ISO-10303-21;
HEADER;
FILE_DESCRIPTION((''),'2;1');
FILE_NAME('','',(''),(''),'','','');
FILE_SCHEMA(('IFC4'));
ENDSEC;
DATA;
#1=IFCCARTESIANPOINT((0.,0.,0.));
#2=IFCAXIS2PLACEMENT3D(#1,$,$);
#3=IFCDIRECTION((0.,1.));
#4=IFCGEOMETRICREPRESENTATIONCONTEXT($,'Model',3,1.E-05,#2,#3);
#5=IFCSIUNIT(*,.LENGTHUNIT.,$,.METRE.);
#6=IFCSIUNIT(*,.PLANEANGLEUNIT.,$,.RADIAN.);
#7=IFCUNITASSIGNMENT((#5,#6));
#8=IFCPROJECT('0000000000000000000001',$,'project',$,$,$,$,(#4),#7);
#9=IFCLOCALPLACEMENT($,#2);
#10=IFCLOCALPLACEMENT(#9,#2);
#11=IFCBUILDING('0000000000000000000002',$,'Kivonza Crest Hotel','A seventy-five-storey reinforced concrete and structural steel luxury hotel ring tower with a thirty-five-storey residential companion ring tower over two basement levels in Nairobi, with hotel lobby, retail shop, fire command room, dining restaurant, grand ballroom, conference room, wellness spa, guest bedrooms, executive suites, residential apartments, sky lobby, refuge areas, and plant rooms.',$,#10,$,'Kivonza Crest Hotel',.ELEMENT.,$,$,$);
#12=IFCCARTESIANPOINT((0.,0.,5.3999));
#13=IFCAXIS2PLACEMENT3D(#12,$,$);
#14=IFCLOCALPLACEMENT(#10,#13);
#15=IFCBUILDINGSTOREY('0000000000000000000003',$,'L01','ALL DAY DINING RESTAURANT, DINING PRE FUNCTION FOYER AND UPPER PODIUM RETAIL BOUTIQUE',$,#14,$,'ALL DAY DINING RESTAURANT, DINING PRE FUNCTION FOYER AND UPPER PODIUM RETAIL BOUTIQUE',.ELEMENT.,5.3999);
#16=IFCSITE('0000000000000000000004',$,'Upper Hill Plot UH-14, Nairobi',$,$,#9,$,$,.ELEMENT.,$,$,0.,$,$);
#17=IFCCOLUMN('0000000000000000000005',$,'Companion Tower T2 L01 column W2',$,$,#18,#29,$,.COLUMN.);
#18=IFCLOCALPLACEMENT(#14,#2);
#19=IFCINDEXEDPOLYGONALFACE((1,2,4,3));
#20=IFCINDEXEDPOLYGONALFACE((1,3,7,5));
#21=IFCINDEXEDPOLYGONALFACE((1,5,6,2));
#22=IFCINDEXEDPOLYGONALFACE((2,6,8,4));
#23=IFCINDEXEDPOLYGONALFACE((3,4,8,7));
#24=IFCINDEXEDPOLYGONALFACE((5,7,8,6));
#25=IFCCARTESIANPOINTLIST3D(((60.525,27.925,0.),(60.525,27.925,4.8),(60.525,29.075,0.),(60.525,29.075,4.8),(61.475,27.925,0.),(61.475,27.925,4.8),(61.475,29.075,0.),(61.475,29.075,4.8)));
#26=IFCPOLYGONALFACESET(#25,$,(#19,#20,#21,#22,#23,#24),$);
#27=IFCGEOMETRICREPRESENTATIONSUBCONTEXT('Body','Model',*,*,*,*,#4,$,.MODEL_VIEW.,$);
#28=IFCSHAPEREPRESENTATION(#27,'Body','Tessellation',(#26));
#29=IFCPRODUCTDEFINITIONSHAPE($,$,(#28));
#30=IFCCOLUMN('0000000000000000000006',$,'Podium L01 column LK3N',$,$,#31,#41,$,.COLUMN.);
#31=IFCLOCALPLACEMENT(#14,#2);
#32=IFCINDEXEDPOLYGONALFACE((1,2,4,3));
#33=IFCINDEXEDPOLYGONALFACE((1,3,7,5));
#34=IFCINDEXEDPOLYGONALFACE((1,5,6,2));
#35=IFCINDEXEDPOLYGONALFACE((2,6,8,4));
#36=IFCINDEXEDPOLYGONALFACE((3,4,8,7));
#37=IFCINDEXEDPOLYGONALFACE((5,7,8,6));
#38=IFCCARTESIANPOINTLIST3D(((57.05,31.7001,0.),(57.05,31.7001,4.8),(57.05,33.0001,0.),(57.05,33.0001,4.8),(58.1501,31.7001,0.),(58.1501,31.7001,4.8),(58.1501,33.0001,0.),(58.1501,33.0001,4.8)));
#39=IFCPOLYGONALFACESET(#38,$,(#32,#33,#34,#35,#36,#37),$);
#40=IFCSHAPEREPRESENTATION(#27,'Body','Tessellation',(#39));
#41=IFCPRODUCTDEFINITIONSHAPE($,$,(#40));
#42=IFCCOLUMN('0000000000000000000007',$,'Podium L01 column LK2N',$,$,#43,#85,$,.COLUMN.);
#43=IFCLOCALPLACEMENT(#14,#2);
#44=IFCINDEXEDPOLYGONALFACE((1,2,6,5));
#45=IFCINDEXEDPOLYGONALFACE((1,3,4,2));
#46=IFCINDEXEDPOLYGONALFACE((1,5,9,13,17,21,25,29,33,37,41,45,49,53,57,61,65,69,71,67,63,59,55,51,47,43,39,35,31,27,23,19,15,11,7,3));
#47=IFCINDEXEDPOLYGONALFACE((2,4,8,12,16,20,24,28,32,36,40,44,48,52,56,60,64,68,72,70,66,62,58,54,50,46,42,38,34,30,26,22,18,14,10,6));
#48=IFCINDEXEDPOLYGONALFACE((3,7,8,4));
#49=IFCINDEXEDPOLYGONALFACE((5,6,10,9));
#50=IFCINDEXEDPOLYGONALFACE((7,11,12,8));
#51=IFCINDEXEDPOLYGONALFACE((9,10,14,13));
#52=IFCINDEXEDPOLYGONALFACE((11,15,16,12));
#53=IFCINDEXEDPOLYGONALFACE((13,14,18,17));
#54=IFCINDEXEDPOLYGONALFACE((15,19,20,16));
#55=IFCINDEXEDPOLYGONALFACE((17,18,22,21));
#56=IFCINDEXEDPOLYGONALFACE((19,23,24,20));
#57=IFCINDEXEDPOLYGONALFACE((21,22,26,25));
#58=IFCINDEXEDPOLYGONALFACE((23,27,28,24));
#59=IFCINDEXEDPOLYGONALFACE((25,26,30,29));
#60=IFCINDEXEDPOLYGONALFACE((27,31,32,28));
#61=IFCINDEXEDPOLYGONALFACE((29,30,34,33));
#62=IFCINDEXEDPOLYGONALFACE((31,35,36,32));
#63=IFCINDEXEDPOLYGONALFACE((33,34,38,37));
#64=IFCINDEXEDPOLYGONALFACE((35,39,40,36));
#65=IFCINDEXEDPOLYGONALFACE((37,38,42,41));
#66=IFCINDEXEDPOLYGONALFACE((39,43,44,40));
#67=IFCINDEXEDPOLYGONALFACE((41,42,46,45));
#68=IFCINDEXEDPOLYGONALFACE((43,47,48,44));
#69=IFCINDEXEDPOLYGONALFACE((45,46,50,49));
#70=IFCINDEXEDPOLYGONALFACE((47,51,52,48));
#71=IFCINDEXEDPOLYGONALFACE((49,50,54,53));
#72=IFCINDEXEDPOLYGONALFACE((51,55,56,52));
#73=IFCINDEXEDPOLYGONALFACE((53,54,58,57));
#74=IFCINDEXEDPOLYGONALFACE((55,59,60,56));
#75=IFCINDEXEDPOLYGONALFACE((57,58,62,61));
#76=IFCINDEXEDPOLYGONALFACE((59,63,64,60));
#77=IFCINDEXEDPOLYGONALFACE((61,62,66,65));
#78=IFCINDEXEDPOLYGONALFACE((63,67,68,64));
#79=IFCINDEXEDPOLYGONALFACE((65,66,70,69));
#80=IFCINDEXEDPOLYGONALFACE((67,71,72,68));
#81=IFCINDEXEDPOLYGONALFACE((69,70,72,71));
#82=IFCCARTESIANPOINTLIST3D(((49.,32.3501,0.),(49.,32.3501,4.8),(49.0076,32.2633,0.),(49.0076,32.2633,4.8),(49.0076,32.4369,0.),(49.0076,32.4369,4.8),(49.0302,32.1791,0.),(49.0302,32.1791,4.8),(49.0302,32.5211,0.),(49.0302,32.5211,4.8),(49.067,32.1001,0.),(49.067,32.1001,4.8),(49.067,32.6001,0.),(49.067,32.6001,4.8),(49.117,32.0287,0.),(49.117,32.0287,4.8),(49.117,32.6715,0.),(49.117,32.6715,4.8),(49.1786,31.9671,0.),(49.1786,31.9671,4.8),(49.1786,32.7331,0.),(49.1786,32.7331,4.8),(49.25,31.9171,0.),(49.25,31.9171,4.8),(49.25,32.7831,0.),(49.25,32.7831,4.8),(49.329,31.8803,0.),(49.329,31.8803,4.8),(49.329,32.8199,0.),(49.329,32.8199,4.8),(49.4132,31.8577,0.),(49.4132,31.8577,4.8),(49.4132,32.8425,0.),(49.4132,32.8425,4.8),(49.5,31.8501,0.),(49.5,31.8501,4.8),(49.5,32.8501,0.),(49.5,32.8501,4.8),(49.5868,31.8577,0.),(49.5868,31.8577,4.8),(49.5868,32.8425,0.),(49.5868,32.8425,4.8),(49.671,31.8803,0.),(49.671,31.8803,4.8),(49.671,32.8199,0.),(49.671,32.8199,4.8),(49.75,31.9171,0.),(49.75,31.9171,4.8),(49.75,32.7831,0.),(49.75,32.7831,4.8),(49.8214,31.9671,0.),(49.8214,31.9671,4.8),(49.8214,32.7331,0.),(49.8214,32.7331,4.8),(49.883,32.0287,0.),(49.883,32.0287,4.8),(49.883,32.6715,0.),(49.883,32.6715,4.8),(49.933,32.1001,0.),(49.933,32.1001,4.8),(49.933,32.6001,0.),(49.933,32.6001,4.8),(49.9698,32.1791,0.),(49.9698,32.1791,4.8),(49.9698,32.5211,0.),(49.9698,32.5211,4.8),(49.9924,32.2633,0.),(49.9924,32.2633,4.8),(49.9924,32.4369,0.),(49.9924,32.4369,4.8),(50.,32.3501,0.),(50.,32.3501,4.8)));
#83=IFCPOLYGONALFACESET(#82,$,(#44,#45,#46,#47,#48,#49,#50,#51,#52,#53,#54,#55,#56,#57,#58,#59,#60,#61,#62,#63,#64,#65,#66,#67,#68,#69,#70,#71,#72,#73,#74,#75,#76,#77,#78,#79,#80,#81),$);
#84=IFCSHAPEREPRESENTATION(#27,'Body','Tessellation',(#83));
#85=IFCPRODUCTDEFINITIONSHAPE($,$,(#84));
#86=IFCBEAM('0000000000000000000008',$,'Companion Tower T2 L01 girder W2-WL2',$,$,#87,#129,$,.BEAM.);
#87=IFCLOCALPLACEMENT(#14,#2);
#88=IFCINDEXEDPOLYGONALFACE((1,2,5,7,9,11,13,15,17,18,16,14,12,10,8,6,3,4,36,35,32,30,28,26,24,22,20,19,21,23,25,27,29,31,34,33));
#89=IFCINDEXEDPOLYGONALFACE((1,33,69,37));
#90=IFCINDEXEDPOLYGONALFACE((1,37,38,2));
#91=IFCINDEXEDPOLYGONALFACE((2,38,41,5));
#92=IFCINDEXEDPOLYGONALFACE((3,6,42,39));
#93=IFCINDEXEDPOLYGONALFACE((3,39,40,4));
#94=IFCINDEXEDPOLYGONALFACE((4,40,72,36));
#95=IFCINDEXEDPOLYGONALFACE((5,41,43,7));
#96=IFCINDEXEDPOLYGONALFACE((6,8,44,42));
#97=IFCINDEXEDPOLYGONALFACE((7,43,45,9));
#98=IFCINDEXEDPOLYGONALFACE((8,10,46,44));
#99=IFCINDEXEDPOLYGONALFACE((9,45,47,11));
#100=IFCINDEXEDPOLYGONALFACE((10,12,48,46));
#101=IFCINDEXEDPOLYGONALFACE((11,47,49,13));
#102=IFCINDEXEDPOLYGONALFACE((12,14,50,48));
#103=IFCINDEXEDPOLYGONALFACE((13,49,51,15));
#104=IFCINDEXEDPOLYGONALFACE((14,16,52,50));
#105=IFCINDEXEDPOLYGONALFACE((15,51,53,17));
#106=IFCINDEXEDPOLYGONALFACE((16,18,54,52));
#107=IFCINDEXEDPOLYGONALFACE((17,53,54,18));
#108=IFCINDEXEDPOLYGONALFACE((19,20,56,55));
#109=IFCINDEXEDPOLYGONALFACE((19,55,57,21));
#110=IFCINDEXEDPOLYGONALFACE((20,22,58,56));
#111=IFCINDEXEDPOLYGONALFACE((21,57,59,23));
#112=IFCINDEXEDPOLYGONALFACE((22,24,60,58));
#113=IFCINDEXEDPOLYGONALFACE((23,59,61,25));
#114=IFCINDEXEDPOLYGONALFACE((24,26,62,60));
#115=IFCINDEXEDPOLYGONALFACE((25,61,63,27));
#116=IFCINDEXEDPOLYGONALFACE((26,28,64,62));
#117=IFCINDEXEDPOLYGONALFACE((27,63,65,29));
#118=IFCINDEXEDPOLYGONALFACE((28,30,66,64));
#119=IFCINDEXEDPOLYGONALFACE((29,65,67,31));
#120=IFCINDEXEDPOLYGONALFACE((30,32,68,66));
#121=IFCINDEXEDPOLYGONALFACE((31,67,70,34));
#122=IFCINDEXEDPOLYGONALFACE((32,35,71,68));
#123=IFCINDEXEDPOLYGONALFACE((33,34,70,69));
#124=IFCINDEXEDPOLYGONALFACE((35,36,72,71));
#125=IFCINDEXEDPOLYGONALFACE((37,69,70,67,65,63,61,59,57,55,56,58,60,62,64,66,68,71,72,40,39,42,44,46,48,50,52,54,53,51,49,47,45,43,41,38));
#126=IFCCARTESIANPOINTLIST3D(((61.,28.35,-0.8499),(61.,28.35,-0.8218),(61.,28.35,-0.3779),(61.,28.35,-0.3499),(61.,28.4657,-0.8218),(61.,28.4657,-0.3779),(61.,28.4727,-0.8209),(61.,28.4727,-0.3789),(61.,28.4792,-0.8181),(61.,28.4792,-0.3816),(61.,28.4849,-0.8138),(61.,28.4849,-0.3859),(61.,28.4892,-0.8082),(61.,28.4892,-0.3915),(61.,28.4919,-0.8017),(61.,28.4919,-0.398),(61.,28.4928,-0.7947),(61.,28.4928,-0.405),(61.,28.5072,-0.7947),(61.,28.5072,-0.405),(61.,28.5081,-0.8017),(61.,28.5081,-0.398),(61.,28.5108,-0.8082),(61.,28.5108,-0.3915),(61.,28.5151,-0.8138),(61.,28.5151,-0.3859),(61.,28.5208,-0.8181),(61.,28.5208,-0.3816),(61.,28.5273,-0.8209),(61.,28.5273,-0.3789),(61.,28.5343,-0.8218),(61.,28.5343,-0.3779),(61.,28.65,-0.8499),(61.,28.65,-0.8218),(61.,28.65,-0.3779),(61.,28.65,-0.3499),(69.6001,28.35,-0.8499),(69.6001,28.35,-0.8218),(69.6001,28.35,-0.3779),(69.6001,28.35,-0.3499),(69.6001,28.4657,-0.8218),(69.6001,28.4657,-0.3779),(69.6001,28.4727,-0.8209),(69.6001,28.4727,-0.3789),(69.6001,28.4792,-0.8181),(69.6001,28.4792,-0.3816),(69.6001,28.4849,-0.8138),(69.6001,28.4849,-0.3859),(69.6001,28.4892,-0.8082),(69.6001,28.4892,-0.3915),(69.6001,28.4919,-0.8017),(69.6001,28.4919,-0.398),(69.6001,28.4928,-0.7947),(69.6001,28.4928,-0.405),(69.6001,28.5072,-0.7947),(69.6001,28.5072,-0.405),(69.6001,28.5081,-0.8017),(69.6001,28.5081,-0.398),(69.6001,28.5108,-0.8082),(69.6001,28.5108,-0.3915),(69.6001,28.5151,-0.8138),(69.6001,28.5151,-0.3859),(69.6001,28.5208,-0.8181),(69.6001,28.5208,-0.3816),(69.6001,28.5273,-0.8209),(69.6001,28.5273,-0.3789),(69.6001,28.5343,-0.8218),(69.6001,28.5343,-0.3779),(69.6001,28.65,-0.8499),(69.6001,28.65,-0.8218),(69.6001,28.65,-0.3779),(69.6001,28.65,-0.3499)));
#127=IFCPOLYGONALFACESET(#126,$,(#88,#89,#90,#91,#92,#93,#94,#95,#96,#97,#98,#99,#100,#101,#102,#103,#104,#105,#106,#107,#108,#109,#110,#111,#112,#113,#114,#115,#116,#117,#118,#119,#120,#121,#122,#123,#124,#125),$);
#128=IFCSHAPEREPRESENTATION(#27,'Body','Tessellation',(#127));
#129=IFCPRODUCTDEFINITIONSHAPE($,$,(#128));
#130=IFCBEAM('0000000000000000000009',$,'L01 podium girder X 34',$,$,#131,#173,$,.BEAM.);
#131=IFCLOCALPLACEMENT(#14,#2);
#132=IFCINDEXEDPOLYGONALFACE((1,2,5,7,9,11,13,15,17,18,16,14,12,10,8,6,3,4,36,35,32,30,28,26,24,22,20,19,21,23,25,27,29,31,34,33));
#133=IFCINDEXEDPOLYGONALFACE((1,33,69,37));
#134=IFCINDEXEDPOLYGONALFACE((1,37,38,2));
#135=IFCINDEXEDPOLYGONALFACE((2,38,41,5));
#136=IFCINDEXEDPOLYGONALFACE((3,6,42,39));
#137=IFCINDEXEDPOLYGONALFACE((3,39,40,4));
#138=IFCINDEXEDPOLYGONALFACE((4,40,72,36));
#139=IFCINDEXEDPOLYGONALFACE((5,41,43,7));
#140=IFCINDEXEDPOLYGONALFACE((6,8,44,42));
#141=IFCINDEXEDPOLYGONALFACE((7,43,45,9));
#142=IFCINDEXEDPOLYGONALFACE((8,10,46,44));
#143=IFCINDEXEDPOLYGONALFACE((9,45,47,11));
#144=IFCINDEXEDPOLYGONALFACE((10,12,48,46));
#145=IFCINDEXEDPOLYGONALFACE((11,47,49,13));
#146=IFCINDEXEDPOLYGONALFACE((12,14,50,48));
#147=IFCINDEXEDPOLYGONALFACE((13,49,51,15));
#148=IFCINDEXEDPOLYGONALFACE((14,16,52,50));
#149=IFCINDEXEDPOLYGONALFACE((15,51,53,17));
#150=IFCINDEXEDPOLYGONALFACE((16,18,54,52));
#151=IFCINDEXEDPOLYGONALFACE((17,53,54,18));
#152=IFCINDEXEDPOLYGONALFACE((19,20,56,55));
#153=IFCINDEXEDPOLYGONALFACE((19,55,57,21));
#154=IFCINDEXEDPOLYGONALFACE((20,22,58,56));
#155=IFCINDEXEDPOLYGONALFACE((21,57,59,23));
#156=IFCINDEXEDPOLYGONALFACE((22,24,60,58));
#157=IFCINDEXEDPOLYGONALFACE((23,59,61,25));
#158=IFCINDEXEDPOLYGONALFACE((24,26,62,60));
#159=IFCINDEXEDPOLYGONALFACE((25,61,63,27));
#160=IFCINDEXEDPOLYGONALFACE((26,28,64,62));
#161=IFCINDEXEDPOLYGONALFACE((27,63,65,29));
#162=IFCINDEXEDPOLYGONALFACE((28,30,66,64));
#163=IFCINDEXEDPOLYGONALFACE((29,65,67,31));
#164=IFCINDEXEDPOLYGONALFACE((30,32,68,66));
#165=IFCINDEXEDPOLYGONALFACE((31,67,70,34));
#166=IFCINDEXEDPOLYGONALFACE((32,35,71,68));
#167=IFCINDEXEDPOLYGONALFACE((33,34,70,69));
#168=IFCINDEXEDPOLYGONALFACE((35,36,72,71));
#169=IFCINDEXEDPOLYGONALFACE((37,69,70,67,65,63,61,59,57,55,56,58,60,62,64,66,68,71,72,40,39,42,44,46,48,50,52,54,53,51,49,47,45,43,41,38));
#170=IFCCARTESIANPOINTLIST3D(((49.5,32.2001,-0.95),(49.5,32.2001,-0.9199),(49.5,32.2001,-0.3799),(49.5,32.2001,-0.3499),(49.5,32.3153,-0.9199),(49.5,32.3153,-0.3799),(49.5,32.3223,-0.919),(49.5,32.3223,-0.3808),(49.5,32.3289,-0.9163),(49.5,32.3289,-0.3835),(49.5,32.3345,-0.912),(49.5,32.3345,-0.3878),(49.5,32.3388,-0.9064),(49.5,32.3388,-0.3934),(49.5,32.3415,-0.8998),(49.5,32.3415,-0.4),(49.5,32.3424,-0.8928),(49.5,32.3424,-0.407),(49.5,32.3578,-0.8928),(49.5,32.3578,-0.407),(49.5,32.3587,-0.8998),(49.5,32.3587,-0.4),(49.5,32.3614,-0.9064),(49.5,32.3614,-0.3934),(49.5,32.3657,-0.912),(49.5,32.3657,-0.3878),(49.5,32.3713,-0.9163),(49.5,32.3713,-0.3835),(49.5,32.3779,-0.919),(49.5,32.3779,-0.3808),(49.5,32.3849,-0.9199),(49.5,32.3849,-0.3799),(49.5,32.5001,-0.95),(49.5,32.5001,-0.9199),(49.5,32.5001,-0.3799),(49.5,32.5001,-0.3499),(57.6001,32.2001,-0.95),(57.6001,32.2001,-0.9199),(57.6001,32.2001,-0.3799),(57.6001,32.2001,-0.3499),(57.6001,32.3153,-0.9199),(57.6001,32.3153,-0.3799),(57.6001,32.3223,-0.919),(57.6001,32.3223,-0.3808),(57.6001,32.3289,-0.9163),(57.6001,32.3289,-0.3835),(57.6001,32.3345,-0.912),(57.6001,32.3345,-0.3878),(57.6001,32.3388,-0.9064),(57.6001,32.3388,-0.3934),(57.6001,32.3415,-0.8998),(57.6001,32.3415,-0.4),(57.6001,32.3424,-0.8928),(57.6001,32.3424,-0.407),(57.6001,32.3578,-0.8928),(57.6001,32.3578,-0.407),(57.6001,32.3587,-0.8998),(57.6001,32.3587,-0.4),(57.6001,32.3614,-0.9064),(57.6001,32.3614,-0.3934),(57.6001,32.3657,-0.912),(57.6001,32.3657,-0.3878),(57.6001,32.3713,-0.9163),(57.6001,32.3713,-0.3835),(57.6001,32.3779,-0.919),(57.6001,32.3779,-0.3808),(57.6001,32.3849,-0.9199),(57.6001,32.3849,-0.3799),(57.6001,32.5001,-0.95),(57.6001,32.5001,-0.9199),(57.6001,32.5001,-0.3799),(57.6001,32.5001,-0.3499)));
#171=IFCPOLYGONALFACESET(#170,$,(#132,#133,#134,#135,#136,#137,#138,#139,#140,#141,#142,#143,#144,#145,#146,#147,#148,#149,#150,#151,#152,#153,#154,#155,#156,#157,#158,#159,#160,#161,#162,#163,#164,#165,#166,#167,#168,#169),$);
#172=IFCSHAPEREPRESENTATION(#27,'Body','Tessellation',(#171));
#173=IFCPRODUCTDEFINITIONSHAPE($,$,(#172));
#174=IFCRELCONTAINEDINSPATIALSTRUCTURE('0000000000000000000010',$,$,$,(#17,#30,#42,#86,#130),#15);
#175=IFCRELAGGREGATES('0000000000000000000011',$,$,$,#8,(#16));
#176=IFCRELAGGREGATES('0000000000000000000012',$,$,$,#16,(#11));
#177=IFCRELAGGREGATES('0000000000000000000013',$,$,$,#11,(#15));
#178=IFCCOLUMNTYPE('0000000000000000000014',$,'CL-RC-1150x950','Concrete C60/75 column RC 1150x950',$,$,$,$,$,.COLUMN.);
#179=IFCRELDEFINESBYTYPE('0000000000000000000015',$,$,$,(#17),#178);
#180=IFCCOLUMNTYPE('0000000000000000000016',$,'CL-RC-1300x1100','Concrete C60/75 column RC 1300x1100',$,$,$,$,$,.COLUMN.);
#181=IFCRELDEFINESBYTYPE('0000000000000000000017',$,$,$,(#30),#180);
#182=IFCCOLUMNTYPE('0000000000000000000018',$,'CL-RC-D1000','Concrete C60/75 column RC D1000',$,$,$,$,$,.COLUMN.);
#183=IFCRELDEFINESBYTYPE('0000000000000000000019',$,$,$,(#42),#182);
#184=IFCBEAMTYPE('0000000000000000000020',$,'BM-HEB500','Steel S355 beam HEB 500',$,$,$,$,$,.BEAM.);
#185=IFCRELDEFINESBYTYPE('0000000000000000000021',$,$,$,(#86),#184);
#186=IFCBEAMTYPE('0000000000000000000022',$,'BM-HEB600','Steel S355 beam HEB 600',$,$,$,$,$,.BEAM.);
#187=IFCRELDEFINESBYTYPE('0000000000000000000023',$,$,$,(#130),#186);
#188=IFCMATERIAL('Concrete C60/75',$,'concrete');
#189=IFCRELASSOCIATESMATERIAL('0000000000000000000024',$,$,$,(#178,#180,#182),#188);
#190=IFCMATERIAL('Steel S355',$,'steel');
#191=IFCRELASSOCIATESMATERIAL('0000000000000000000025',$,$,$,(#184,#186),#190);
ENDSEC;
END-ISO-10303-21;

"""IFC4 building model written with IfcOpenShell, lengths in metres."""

from ifc_helpers import new_model, si_unit, direction, frame, origin, origin_2d, place, context, subcontext, project, spatial, rectangle, circle, i_section, extrude, material, material_profile, profile_set, type_object, element, save


model = new_model("IFC4")

# Units and contexts
model_context = context("Model", 3, precision=1e-05, world=origin(), true_north=direction((0.0, 1.0)))
body_context = subcontext(model_context, "Body", "Model", "MODEL_VIEW")
ifc_project = project(units=[si_unit("LENGTHUNIT", "METRE"), si_unit("PLANEANGLEUNIT", "RADIAN")], contexts=[model_context])

# Site, building, storey
site_placement = place(None, origin())
site = spatial("IfcSite", under=ifc_project, at=site_placement, Name="Upper Hill Plot UH-14, Nairobi", CompositionType="ELEMENT", RefElevation=0.0)
building_placement = place(site_placement, origin())
building = spatial("IfcBuilding", under=site, at=building_placement, Name="Kivonza Crest Hotel", Description="A seventy-five-storey reinforced concrete and structural steel luxury hotel ring tower with a thirty-five-storey residential companion ring tower over two basement levels in Nairobi, with hotel lobby, retail shop, fire command room, dining restaurant, grand ballroom, conference room, wellness spa, guest bedrooms, executive suites, residential apartments, sky lobby, refuge areas, and plant rooms.", LongName="Kivonza Crest Hotel", CompositionType="ELEMENT")
storey_placement = place(building_placement, frame((0.0, 0.0, 5.3999)))
storey = spatial("IfcBuildingStorey", under=building, at=storey_placement, Name="L01", Description="ALL DAY DINING RESTAURANT, DINING PRE FUNCTION FOYER AND UPPER PODIUM RETAIL BOUTIQUE", LongName="ALL DAY DINING RESTAURANT, DINING PRE FUNCTION FOYER AND UPPER PODIUM RETAIL BOUTIQUE", CompositionType="ELEMENT", Elevation=5.3999)

# Columns
ifc_material_1 = material(Name="Concrete C60/75", Category="concrete")
ifc_material_profile_1 = material_profile(ifc_material_1, rectangle(XDim=0.95, YDim=1.1499, at=origin_2d()), Name="RC 1150x950")
ifc_profile_set_1 = profile_set([ifc_material_profile_1], Name="Concrete C60/75")
column_type_1 = type_object("IfcColumnType", Name="CL-RC-1150x950", Description="Concrete C60/75 column RC 1150x950", PredefinedType="COLUMN", material=ifc_profile_set_1)
column_1_placement = place(storey_placement, frame((61.0, 28.5, 0.0), z_axis=(0.0, 0.0, 1.0), x_axis=(1.0, 0.0, 0.0)))
element("IfcColumn", 1, at=column_1_placement, inside=storey, type_object=column_type_1, Name="Companion Tower T2 L01 column W2", PredefinedType="COLUMN", context=body_context, shape_type="SweptSolid", body=[
    extrude(rectangle(XDim=0.95, YDim=1.1499, at=origin_2d()), origin(), (0.0, 0.0, 1.0), 4.8),
])
ifc_material_profile_2 = material_profile(ifc_material_1, rectangle(XDim=1.1001, YDim=1.3, at=origin_2d()), Name="RC 1300x1100")
ifc_profile_set_2 = profile_set([ifc_material_profile_2], Name="Concrete C60/75")
column_type_2 = type_object("IfcColumnType", Name="CL-RC-1300x1100", Description="Concrete C60/75 column RC 1300x1100", PredefinedType="COLUMN", material=ifc_profile_set_2)
column_2_placement = place(storey_placement, frame((57.6001, 32.3501, 0.0), z_axis=(0.0, 0.0, 1.0), x_axis=(1.0, 0.0, 0.0)))
element("IfcColumn", 2, at=column_2_placement, inside=storey, type_object=column_type_2, Name="Podium L01 column LK3N", PredefinedType="COLUMN", context=body_context, shape_type="SweptSolid", body=[
    extrude(rectangle(XDim=1.1001, YDim=1.3, at=origin_2d()), origin(), (0.0, 0.0, 1.0), 4.8),
])
ifc_material_profile_3 = material_profile(ifc_material_1, circle(Radius=0.5, at=origin_2d()), Name="RC D1000")
ifc_profile_set_3 = profile_set([ifc_material_profile_3], Name="Concrete C60/75")
column_type_3 = type_object("IfcColumnType", Name="CL-RC-D1000", Description="Concrete C60/75 column RC D1000", PredefinedType="COLUMN", material=ifc_profile_set_3)
column_3_placement = place(storey_placement, frame((49.5, 32.3501, 0.0), z_axis=(0.0, 0.0, 1.0), x_axis=(1.0, 0.0, 0.0)))
element("IfcColumn", 3, at=column_3_placement, inside=storey, type_object=column_type_3, Name="Podium L01 column LK2N", PredefinedType="COLUMN", context=body_context, shape_type="SweptSolid", body=[
    extrude(circle(Radius=0.5, at=origin_2d()), origin(), (0.0, 0.0, 1.0), 4.8),
])

# Beams
ifc_material_2 = material(Name="Steel S355", Category="steel")
ifc_material_profile_4 = material_profile(ifc_material_2, i_section(OverallWidth=0.3, OverallDepth=0.5, WebThickness=0.0144, FlangeThickness=0.0281, FilletRadius=0.0271, at=origin_2d()), Name="HEB 500")
ifc_profile_set_4 = profile_set([ifc_material_profile_4], Name="Steel S355")
beam_type_1 = type_object("IfcBeamType", Name="BM-HEB500", Description="Steel S355 beam HEB 500", PredefinedType="BEAM", material=ifc_profile_set_4)
beam_1_placement = place(storey_placement, frame((61.0, 28.5, -0.5999), z_axis=(1.0, 0.0, 0.0), x_axis=(0.0, 1.0, 0.0)))
element("IfcBeam", 4, at=beam_1_placement, inside=storey, type_object=beam_type_1, Name="Companion Tower T2 L01 girder W2-WL2", PredefinedType="BEAM", context=body_context, shape_type="SweptSolid", body=[
    extrude(i_section(OverallWidth=0.3, OverallDepth=0.5, WebThickness=0.0144, FlangeThickness=0.0281, FilletRadius=0.0271, at=origin_2d()), origin(), (0.0, 0.0, 1.0), 8.6001),
])
ifc_material_profile_5 = material_profile(ifc_material_2, i_section(OverallWidth=0.3, OverallDepth=0.6001, WebThickness=0.0154, FlangeThickness=0.03, FilletRadius=0.0271, at=origin_2d()), Name="HEB 600")
ifc_profile_set_5 = profile_set([ifc_material_profile_5], Name="Steel S355")
beam_type_2 = type_object("IfcBeamType", Name="BM-HEB600", Description="Steel S355 beam HEB 600", PredefinedType="BEAM", material=ifc_profile_set_5)
beam_2_placement = place(storey_placement, frame((49.5, 32.3501, -0.6499), z_axis=(1.0, 0.0, 0.0), x_axis=(0.0, 1.0, 0.0)))
element("IfcBeam", 5, at=beam_2_placement, inside=storey, type_object=beam_type_2, Name="L01 podium girder X 34", PredefinedType="BEAM", context=body_context, shape_type="SweptSolid", body=[
    extrude(i_section(OverallWidth=0.3, OverallDepth=0.6001, WebThickness=0.0154, FlangeThickness=0.03, FilletRadius=0.0271, at=origin_2d()), origin(), (0.0, 0.0, 1.0), 8.1001),
])

save(model, "model.ifc")
